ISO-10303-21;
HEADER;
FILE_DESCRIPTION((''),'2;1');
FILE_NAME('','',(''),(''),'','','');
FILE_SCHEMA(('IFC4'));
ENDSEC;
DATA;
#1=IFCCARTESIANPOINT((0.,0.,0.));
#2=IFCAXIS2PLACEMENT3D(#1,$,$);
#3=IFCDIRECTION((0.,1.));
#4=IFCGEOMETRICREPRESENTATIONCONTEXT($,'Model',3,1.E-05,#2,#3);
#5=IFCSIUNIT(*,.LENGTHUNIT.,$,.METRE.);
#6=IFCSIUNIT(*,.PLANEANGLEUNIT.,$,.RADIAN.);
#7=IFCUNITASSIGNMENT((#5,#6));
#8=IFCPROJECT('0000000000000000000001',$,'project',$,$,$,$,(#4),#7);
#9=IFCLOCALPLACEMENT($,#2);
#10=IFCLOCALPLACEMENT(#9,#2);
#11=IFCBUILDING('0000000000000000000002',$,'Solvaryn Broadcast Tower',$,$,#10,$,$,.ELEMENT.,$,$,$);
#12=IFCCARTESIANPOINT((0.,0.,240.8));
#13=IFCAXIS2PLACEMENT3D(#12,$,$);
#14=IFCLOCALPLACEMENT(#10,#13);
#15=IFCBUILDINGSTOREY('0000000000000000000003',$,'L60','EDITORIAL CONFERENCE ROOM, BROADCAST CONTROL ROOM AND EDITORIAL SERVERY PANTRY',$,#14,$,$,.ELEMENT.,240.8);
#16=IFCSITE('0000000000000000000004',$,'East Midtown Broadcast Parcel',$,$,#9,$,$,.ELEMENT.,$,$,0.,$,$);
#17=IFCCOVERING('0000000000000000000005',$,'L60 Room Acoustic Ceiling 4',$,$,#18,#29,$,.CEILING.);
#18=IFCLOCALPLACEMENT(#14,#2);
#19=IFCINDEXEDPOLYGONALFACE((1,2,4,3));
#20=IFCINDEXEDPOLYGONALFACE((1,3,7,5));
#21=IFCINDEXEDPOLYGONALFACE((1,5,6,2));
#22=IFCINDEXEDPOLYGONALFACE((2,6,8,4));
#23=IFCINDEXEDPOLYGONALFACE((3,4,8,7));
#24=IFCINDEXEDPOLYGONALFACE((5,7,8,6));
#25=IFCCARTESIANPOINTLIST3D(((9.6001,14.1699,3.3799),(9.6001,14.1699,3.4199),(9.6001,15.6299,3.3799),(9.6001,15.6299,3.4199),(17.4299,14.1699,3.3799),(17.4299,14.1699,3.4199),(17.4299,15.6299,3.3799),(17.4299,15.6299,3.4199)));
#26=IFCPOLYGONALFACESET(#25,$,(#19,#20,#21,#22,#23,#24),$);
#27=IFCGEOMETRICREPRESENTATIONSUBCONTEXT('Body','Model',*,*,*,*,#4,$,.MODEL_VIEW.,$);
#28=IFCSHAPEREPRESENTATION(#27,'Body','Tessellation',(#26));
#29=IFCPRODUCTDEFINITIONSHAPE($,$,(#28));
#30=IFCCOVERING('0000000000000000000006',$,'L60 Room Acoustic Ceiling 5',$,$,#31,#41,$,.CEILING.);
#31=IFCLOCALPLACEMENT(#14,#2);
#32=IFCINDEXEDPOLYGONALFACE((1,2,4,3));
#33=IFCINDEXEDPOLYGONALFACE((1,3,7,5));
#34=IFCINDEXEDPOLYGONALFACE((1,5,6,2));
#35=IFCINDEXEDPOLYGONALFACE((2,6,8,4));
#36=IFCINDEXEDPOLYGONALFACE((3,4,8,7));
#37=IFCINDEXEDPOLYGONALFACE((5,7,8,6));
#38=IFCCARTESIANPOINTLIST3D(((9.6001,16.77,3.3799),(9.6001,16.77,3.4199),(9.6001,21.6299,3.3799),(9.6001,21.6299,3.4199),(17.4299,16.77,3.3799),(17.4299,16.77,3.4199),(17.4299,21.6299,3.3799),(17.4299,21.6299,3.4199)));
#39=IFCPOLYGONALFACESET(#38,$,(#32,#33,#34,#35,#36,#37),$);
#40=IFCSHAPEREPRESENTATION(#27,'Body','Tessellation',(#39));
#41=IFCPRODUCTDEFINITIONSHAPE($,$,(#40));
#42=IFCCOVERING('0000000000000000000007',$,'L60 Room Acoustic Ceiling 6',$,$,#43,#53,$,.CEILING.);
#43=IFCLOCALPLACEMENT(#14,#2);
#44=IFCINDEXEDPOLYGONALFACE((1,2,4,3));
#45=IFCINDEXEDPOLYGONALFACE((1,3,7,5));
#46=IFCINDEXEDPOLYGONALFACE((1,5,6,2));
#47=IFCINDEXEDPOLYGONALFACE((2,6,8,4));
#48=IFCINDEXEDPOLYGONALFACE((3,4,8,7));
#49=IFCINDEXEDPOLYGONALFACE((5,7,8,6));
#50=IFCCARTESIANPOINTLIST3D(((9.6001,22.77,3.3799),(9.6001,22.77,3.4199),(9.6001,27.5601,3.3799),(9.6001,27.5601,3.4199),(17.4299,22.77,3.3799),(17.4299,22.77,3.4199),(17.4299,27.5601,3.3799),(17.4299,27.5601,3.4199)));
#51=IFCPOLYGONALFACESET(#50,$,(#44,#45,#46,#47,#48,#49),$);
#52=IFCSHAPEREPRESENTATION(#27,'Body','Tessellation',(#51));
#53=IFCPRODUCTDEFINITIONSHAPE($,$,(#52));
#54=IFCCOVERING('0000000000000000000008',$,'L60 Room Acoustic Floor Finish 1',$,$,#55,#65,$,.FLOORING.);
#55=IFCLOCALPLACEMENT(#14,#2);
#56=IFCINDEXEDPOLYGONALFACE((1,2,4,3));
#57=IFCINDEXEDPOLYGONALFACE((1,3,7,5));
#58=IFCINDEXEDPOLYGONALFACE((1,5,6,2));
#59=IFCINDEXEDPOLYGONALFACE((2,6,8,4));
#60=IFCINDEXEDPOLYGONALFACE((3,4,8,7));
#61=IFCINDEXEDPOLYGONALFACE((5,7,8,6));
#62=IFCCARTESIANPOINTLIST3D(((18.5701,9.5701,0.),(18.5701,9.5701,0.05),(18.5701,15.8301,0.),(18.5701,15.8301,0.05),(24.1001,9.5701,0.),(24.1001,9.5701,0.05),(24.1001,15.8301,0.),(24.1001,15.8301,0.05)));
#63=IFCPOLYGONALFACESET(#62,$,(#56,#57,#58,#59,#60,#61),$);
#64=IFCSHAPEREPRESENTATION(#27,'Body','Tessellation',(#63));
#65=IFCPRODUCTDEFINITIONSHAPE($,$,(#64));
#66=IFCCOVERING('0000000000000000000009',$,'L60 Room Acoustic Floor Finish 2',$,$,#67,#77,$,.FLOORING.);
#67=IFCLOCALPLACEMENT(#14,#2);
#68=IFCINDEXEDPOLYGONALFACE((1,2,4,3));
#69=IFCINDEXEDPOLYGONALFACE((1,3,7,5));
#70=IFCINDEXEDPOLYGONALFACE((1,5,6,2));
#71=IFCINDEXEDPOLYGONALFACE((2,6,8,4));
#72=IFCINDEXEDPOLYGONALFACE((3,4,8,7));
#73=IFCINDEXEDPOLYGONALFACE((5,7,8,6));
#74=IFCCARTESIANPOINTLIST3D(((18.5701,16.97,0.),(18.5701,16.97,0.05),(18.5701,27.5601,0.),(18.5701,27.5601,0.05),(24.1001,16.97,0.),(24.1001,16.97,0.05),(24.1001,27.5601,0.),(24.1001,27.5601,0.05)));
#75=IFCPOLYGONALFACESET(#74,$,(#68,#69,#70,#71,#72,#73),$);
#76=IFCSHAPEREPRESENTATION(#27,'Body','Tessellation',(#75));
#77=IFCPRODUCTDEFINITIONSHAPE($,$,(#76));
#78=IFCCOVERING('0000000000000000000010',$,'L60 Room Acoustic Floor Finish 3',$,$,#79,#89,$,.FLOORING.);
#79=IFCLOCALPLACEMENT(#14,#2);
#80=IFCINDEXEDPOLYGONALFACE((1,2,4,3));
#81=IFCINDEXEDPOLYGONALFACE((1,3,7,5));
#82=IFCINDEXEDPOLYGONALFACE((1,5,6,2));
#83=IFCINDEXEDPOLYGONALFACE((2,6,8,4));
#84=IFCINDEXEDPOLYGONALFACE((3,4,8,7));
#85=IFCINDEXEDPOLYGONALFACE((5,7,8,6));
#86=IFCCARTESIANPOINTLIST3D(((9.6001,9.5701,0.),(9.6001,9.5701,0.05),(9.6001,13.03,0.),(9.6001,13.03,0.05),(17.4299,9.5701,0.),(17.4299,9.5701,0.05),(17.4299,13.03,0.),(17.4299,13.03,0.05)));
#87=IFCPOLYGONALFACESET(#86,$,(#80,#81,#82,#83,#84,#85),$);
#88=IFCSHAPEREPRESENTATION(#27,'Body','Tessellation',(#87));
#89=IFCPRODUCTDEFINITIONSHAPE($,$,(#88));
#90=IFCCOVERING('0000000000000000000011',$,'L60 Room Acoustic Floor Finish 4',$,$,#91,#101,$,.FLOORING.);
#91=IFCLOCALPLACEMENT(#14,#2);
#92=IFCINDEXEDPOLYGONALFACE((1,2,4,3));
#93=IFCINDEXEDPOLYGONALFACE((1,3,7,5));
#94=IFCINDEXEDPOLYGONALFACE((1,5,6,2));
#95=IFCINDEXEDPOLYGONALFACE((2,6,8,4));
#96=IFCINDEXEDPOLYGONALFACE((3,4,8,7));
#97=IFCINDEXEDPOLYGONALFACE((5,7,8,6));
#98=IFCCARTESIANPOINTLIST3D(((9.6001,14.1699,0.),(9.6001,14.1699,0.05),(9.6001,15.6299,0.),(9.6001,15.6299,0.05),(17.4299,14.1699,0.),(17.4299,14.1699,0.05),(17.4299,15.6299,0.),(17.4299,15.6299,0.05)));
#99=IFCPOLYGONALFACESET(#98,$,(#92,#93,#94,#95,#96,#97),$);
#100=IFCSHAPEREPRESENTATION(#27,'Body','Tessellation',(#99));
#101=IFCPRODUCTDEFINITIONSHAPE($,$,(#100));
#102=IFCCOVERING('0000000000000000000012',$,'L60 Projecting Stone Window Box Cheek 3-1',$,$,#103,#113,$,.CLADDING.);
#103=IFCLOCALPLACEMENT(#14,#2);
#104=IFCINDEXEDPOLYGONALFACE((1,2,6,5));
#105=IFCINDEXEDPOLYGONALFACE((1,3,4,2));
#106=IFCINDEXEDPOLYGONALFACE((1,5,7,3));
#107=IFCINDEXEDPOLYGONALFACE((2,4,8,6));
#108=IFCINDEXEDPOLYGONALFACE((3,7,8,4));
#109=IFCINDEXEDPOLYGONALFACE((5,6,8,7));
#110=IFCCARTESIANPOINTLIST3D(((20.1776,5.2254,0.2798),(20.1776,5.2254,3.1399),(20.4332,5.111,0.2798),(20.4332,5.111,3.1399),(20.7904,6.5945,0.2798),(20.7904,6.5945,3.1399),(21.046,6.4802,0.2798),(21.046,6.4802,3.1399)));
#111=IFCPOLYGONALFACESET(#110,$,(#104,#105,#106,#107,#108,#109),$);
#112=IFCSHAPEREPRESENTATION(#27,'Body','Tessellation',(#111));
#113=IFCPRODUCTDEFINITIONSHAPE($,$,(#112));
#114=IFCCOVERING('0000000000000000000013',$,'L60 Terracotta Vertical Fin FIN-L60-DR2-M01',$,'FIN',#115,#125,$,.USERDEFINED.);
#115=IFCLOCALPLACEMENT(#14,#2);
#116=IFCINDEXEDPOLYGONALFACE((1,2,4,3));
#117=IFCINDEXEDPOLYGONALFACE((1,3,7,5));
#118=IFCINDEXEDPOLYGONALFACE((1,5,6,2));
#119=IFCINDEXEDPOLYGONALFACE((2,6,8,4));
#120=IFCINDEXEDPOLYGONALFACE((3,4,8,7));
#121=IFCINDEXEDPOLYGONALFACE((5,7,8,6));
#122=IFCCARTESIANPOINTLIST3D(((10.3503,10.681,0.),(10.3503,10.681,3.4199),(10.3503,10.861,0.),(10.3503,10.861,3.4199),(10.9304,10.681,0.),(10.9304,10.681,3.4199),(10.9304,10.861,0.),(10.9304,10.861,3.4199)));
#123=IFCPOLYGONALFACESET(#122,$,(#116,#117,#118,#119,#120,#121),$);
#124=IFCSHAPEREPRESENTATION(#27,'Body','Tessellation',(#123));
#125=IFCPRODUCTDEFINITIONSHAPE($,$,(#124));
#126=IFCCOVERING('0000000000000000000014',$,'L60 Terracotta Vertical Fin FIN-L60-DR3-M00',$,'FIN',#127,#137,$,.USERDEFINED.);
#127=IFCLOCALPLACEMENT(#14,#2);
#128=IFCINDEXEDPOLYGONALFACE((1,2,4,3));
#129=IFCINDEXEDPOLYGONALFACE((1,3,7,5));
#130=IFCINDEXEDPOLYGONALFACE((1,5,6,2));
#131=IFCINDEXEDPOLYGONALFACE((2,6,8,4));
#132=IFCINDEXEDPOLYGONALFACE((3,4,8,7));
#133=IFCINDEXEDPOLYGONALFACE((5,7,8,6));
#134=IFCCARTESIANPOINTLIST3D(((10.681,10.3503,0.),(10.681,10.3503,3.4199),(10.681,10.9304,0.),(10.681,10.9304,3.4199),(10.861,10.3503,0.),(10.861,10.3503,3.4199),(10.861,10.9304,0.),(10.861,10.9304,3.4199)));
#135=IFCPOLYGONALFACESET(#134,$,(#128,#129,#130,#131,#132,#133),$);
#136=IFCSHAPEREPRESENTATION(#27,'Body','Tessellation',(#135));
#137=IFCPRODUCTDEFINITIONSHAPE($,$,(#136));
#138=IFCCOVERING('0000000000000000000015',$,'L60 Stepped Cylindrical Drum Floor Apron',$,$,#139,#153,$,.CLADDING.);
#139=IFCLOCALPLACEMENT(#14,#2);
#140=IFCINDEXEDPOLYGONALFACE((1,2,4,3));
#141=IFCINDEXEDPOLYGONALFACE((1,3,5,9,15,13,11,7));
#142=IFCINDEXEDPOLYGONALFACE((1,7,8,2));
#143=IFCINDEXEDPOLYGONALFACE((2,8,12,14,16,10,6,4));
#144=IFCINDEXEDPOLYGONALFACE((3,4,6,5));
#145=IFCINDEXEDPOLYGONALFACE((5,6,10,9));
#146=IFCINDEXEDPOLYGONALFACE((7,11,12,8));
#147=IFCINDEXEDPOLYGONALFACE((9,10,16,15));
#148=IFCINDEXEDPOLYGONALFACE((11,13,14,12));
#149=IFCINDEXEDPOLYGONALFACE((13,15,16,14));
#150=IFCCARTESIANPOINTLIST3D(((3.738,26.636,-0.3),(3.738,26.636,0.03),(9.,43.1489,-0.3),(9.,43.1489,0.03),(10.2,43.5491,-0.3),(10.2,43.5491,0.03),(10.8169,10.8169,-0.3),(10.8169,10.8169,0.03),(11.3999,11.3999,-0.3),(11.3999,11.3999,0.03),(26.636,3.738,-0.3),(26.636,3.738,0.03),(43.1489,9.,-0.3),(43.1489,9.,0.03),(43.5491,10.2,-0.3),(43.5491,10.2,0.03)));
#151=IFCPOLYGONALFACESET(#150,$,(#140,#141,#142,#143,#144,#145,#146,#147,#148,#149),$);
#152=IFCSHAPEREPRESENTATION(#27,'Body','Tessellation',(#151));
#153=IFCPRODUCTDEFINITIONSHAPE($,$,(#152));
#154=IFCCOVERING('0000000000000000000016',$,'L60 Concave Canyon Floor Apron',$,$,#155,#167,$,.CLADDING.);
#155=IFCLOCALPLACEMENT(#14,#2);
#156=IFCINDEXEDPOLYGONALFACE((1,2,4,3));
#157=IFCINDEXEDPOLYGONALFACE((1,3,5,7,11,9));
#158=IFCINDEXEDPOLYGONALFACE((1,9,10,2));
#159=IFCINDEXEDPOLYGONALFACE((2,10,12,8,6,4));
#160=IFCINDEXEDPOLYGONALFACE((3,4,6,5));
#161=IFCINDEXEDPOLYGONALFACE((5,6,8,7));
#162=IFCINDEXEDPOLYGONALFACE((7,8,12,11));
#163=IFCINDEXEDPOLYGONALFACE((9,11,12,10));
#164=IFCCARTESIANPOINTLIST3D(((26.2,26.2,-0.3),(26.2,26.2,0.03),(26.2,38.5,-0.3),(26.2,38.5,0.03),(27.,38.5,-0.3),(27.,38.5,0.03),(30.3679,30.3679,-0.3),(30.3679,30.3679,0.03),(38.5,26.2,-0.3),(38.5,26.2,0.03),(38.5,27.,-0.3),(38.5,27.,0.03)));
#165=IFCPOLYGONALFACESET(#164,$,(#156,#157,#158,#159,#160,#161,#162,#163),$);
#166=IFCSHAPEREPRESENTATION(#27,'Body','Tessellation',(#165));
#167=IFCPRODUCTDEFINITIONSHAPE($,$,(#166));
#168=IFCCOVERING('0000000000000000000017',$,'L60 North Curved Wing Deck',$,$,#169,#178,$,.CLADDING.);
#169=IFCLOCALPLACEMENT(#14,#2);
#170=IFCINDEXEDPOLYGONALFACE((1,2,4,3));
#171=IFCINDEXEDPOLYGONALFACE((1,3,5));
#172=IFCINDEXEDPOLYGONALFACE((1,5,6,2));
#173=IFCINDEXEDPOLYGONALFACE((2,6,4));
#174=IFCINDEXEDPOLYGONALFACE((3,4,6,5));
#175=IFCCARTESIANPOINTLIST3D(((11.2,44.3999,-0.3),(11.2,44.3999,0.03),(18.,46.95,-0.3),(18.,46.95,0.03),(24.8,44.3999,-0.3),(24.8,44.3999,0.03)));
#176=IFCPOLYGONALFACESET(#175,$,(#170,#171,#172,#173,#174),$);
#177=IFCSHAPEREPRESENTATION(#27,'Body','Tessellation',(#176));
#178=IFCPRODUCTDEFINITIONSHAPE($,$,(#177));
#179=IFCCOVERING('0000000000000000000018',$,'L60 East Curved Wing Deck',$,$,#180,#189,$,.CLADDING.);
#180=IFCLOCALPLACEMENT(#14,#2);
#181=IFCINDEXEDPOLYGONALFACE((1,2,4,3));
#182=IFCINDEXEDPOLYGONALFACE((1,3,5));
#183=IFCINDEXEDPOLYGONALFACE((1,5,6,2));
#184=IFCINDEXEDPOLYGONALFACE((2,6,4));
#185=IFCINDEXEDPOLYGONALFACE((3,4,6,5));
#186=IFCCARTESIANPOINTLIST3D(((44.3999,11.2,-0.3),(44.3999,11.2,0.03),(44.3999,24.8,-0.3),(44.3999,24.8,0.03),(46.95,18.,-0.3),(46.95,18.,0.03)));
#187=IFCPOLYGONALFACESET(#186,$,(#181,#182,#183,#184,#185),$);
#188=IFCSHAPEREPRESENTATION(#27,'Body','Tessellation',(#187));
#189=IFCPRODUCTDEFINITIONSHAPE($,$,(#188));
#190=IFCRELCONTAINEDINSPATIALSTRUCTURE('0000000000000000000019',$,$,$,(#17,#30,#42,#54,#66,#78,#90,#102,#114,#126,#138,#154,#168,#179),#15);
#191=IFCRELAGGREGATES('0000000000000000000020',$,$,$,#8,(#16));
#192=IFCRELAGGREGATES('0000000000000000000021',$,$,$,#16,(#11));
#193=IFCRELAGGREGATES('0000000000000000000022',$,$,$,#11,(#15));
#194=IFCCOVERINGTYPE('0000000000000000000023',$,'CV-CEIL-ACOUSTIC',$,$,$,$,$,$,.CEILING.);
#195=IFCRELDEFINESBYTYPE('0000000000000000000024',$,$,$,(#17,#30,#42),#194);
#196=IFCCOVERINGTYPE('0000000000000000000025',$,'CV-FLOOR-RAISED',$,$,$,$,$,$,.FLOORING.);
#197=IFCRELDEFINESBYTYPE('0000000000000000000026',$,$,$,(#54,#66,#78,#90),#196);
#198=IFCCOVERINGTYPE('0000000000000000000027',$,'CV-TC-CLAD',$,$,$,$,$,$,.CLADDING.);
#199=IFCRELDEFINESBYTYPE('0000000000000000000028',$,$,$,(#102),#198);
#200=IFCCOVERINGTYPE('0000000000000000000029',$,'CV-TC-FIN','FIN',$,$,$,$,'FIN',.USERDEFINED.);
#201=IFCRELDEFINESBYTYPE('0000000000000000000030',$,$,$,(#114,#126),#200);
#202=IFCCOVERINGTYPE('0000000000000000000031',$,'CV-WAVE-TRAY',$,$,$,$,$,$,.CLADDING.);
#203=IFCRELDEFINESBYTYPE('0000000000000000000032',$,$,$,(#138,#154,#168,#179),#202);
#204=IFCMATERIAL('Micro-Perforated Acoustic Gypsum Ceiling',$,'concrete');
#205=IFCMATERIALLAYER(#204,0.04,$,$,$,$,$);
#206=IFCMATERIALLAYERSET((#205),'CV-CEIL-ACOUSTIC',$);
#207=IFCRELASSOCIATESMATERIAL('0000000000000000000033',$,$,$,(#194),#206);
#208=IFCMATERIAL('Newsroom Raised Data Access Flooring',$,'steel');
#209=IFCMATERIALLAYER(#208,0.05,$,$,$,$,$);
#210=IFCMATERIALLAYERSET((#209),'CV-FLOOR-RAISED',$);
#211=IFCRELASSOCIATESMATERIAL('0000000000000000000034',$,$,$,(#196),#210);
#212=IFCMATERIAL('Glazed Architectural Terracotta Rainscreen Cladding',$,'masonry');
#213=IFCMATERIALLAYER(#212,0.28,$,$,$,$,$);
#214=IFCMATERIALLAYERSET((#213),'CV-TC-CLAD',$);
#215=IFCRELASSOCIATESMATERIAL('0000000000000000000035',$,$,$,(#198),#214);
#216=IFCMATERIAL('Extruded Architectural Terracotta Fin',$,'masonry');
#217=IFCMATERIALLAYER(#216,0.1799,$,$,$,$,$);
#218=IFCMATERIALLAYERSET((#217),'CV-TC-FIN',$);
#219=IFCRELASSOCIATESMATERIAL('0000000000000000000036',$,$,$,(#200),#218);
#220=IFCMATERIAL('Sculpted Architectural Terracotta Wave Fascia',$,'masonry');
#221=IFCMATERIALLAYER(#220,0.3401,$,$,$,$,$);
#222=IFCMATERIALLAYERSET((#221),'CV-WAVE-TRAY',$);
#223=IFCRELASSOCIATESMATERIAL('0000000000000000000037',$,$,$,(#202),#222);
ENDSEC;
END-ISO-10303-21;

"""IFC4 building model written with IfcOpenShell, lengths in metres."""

from ifc_helpers import new_model, si_unit, direction, frame, origin, origin_2d, place, context, subcontext, project, spatial, polyline, rectangle, outline, extrude, material, layer, layer_set, type_object, element, save


model = new_model("IFC4")

# Units and contexts
model_context = context("Model", 3, precision=1e-05, world=origin(), true_north=direction((0.0, 1.0)))
body_context = subcontext(model_context, "Body", "Model", "MODEL_VIEW")
ifc_project = project(units=[si_unit("LENGTHUNIT", "METRE"), si_unit("PLANEANGLEUNIT", "RADIAN")], contexts=[model_context])

# Site, building, storey
site_placement = place(None, origin())
site = spatial("IfcSite", under=ifc_project, at=site_placement, Name="East Midtown Broadcast Parcel", CompositionType="ELEMENT", RefElevation=0.0)
building_placement = place(site_placement, origin())
building = spatial("IfcBuilding", under=site, at=building_placement, Name="Solvaryn Broadcast Tower", CompositionType="ELEMENT")
storey_placement = place(building_placement, frame((0.0, 0.0, 240.8)))
storey = spatial("IfcBuildingStorey", under=building, at=storey_placement, Name="L60", Description="EDITORIAL CONFERENCE ROOM, BROADCAST CONTROL ROOM AND EDITORIAL SERVERY PANTRY", CompositionType="ELEMENT", Elevation=240.8)

# Coverings
ifc_material_1 = material(Name="Micro-Perforated Acoustic Gypsum Ceiling", Category="concrete")
ifc_layer_1 = layer(ifc_material_1, 0.04)
ifc_layer_set_1 = layer_set([ifc_layer_1], Name="CV-CEIL-ACOUSTIC")
covering_type_1 = type_object("IfcCoveringType", Name="CV-CEIL-ACOUSTIC", PredefinedType="CEILING", material=ifc_layer_set_1)
covering_1_placement = place(storey_placement, frame((0.0, 0.0, 3.3799)))
element("IfcCovering", 1, at=covering_1_placement, inside=storey, type_object=covering_type_1, Name="L60 Room Acoustic Ceiling 4", PredefinedType="CEILING", context=body_context, shape_type="SweptSolid", body=[
    extrude(outline(polyline([(9.6001, 14.1699), (17.4299, 14.1699), (17.4299, 15.6299), (9.6001, 15.6299), (9.6001, 14.1699)])), origin(), (0.0, 0.0, 1.0), 0.04),
])
covering_2_placement = place(storey_placement, frame((0.0, 0.0, 3.3799)))
element("IfcCovering", 2, at=covering_2_placement, inside=storey, type_object=covering_type_1, Name="L60 Room Acoustic Ceiling 5", PredefinedType="CEILING", context=body_context, shape_type="SweptSolid", body=[
    extrude(outline(polyline([(9.6001, 16.77), (17.4299, 16.77), (17.4299, 21.6299), (9.6001, 21.6299), (9.6001, 16.77)])), origin(), (0.0, 0.0, 1.0), 0.04),
])
covering_3_placement = place(storey_placement, frame((0.0, 0.0, 3.3799)))
element("IfcCovering", 3, at=covering_3_placement, inside=storey, type_object=covering_type_1, Name="L60 Room Acoustic Ceiling 6", PredefinedType="CEILING", context=body_context, shape_type="SweptSolid", body=[
    extrude(outline(polyline([(9.6001, 22.77), (17.4299, 22.77), (17.4299, 27.5601), (9.6001, 27.5601), (9.6001, 22.77)])), origin(), (0.0, 0.0, 1.0), 0.04),
])
ifc_material_2 = material(Name="Newsroom Raised Data Access Flooring", Category="steel")
ifc_layer_2 = layer(ifc_material_2, 0.05)
ifc_layer_set_2 = layer_set([ifc_layer_2], Name="CV-FLOOR-RAISED")
covering_type_2 = type_object("IfcCoveringType", Name="CV-FLOOR-RAISED", PredefinedType="FLOORING", material=ifc_layer_set_2)
covering_4_placement = place(storey_placement, origin())
element("IfcCovering", 4, at=covering_4_placement, inside=storey, type_object=covering_type_2, Name="L60 Room Acoustic Floor Finish 1", PredefinedType="FLOORING", context=body_context, shape_type="SweptSolid", body=[
    extrude(outline(polyline([(18.5701, 9.5701), (24.1001, 9.5701), (24.1001, 15.8301), (18.5701, 15.8301), (18.5701, 9.5701)])), origin(), (0.0, 0.0, 1.0), 0.05),
])
covering_5_placement = place(storey_placement, origin())
element("IfcCovering", 5, at=covering_5_placement, inside=storey, type_object=covering_type_2, Name="L60 Room Acoustic Floor Finish 2", PredefinedType="FLOORING", context=body_context, shape_type="SweptSolid", body=[
    extrude(outline(polyline([(18.5701, 16.97), (24.1001, 16.97), (24.1001, 27.5601), (18.5701, 27.5601), (18.5701, 16.97)])), origin(), (0.0, 0.0, 1.0), 0.05),
])
covering_6_placement = place(storey_placement, origin())
element("IfcCovering", 6, at=covering_6_placement, inside=storey, type_object=covering_type_2, Name="L60 Room Acoustic Floor Finish 3", PredefinedType="FLOORING", context=body_context, shape_type="SweptSolid", body=[
    extrude(outline(polyline([(9.6001, 9.5701), (17.4299, 9.5701), (17.4299, 13.03), (9.6001, 13.03), (9.6001, 9.5701)])), origin(), (0.0, 0.0, 1.0), 0.05),
])
covering_7_placement = place(storey_placement, origin())
element("IfcCovering", 7, at=covering_7_placement, inside=storey, type_object=covering_type_2, Name="L60 Room Acoustic Floor Finish 4", PredefinedType="FLOORING", context=body_context, shape_type="SweptSolid", body=[
    extrude(outline(polyline([(9.6001, 14.1699), (17.4299, 14.1699), (17.4299, 15.6299), (9.6001, 15.6299), (9.6001, 14.1699)])), origin(), (0.0, 0.0, 1.0), 0.05),
])
ifc_material_3 = material(Name="Glazed Architectural Terracotta Rainscreen Cladding", Category="masonry")
ifc_layer_3 = layer(ifc_material_3, 0.28)
ifc_layer_set_3 = layer_set([ifc_layer_3], Name="CV-TC-CLAD")
covering_type_3 = type_object("IfcCoveringType", Name="CV-TC-CLAD", PredefinedType="CLADDING", material=ifc_layer_set_3)
covering_8_placement = place(storey_placement, frame((20.6118, 5.8528, 0.2798), z_axis=(0.0, 0.0, 1.0), x_axis=(0.912763, -0.40849, 0.0)))
element("IfcCovering", 8, at=covering_8_placement, inside=storey, type_object=covering_type_3, Name="L60 Projecting Stone Window Box Cheek 3-1", PredefinedType="CLADDING", context=body_context, shape_type="SweptSolid", body=[
    extrude(rectangle(XDim=0.28, YDim=1.5, at=origin_2d()), origin(), (0.0, 0.0, 1.0), 2.8601),
])
ifc_material_4 = material(Name="Extruded Architectural Terracotta Fin", Category="masonry")
ifc_layer_4 = layer(ifc_material_4, 0.1799)
ifc_layer_set_4 = layer_set([ifc_layer_4], Name="CV-TC-FIN")
covering_type_4 = type_object("IfcCoveringType", Name="CV-TC-FIN", Description="FIN", ElementType="FIN", PredefinedType="USERDEFINED", material=ifc_layer_set_4)
covering_9_placement = place(storey_placement, frame((10.6404, 10.771, 0.0), z_axis=(0.0, 0.0, 1.0), x_axis=(1.0, 0.0, 0.0)))
element("IfcCovering", 9, at=covering_9_placement, inside=storey, type_object=covering_type_4, Name="L60 Terracotta Vertical Fin FIN-L60-DR2-M01", ObjectType="FIN", PredefinedType="USERDEFINED", context=body_context, shape_type="SweptSolid", body=[
    extrude(rectangle(XDim=0.5801, YDim=0.1799, at=origin_2d()), origin(), (0.0, 0.0, 1.0), 3.4199),
])
covering_10_placement = place(storey_placement, frame((10.771, 10.6404, 0.0), z_axis=(0.0, 0.0, 1.0), x_axis=(1.0, 0.0, 0.0)))
element("IfcCovering", 10, at=covering_10_placement, inside=storey, type_object=covering_type_4, Name="L60 Terracotta Vertical Fin FIN-L60-DR3-M00", ObjectType="FIN", PredefinedType="USERDEFINED", context=body_context, shape_type="SweptSolid", body=[
    extrude(rectangle(XDim=0.1799, YDim=0.5801, at=origin_2d()), origin(), (0.0, 0.0, 1.0), 3.4199),
])
ifc_material_5 = material(Name="Sculpted Architectural Terracotta Wave Fascia", Category="masonry")
ifc_layer_5 = layer(ifc_material_5, 0.3401)
ifc_layer_set_5 = layer_set([ifc_layer_5], Name="CV-WAVE-TRAY")
covering_type_5 = type_object("IfcCoveringType", Name="CV-WAVE-TRAY", PredefinedType="CLADDING", material=ifc_layer_set_5)
covering_11_placement = place(storey_placement, frame((0.0, 0.0, -0.3)))
element("IfcCovering", 11, at=covering_11_placement, inside=storey, type_object=covering_type_5, Name="L60 Stepped Cylindrical Drum Floor Apron", PredefinedType="CLADDING", context=body_context, shape_type="SweptSolid", body=[
    extrude(outline(polyline([(10.2, 43.5491), (9.0, 43.1489), (3.738, 26.636), (10.8169, 10.8169), (26.636, 3.738), (43.1489, 9.0), (43.1489, 9.0), (43.5491, 10.2), (11.3999, 11.3999), (10.2, 43.5491)])), origin(), (0.0, 0.0, 1.0), 0.3301),
])
covering_12_placement = place(storey_placement, frame((0.0, 0.0, -0.3)))
element("IfcCovering", 12, at=covering_12_placement, inside=storey, type_object=covering_type_5, Name="L60 Concave Canyon Floor Apron", PredefinedType="CLADDING", context=body_context, shape_type="SweptSolid", body=[
    extrude(outline(polyline([(26.2, 26.2), (38.5, 26.2), (38.5, 27.0), (30.3679, 30.3679), (27.0, 38.5), (26.2, 38.5), (26.2, 26.2)])), origin(), (0.0, 0.0, 1.0), 0.3301),
])
covering_13_placement = place(storey_placement, frame((0.0, 0.0, -0.3)))
element("IfcCovering", 13, at=covering_13_placement, inside=storey, type_object=covering_type_5, Name="L60 North Curved Wing Deck", PredefinedType="CLADDING", context=body_context, shape_type="SweptSolid", body=[
    extrude(outline(polyline([(11.2, 44.3999), (24.8, 44.3999), (18.0, 46.95), (11.2, 44.3999)])), origin(), (0.0, 0.0, 1.0), 0.3301),
])
covering_14_placement = place(storey_placement, frame((0.0, 0.0, -0.3)))
element("IfcCovering", 14, at=covering_14_placement, inside=storey, type_object=covering_type_5, Name="L60 East Curved Wing Deck", PredefinedType="CLADDING", context=body_context, shape_type="SweptSolid", body=[
    extrude(outline(polyline([(44.3999, 11.2), (46.95, 18.0), (44.3999, 24.8), (44.3999, 11.2)])), origin(), (0.0, 0.0, 1.0), 0.3301),
])

save(model, "model.ifc")
